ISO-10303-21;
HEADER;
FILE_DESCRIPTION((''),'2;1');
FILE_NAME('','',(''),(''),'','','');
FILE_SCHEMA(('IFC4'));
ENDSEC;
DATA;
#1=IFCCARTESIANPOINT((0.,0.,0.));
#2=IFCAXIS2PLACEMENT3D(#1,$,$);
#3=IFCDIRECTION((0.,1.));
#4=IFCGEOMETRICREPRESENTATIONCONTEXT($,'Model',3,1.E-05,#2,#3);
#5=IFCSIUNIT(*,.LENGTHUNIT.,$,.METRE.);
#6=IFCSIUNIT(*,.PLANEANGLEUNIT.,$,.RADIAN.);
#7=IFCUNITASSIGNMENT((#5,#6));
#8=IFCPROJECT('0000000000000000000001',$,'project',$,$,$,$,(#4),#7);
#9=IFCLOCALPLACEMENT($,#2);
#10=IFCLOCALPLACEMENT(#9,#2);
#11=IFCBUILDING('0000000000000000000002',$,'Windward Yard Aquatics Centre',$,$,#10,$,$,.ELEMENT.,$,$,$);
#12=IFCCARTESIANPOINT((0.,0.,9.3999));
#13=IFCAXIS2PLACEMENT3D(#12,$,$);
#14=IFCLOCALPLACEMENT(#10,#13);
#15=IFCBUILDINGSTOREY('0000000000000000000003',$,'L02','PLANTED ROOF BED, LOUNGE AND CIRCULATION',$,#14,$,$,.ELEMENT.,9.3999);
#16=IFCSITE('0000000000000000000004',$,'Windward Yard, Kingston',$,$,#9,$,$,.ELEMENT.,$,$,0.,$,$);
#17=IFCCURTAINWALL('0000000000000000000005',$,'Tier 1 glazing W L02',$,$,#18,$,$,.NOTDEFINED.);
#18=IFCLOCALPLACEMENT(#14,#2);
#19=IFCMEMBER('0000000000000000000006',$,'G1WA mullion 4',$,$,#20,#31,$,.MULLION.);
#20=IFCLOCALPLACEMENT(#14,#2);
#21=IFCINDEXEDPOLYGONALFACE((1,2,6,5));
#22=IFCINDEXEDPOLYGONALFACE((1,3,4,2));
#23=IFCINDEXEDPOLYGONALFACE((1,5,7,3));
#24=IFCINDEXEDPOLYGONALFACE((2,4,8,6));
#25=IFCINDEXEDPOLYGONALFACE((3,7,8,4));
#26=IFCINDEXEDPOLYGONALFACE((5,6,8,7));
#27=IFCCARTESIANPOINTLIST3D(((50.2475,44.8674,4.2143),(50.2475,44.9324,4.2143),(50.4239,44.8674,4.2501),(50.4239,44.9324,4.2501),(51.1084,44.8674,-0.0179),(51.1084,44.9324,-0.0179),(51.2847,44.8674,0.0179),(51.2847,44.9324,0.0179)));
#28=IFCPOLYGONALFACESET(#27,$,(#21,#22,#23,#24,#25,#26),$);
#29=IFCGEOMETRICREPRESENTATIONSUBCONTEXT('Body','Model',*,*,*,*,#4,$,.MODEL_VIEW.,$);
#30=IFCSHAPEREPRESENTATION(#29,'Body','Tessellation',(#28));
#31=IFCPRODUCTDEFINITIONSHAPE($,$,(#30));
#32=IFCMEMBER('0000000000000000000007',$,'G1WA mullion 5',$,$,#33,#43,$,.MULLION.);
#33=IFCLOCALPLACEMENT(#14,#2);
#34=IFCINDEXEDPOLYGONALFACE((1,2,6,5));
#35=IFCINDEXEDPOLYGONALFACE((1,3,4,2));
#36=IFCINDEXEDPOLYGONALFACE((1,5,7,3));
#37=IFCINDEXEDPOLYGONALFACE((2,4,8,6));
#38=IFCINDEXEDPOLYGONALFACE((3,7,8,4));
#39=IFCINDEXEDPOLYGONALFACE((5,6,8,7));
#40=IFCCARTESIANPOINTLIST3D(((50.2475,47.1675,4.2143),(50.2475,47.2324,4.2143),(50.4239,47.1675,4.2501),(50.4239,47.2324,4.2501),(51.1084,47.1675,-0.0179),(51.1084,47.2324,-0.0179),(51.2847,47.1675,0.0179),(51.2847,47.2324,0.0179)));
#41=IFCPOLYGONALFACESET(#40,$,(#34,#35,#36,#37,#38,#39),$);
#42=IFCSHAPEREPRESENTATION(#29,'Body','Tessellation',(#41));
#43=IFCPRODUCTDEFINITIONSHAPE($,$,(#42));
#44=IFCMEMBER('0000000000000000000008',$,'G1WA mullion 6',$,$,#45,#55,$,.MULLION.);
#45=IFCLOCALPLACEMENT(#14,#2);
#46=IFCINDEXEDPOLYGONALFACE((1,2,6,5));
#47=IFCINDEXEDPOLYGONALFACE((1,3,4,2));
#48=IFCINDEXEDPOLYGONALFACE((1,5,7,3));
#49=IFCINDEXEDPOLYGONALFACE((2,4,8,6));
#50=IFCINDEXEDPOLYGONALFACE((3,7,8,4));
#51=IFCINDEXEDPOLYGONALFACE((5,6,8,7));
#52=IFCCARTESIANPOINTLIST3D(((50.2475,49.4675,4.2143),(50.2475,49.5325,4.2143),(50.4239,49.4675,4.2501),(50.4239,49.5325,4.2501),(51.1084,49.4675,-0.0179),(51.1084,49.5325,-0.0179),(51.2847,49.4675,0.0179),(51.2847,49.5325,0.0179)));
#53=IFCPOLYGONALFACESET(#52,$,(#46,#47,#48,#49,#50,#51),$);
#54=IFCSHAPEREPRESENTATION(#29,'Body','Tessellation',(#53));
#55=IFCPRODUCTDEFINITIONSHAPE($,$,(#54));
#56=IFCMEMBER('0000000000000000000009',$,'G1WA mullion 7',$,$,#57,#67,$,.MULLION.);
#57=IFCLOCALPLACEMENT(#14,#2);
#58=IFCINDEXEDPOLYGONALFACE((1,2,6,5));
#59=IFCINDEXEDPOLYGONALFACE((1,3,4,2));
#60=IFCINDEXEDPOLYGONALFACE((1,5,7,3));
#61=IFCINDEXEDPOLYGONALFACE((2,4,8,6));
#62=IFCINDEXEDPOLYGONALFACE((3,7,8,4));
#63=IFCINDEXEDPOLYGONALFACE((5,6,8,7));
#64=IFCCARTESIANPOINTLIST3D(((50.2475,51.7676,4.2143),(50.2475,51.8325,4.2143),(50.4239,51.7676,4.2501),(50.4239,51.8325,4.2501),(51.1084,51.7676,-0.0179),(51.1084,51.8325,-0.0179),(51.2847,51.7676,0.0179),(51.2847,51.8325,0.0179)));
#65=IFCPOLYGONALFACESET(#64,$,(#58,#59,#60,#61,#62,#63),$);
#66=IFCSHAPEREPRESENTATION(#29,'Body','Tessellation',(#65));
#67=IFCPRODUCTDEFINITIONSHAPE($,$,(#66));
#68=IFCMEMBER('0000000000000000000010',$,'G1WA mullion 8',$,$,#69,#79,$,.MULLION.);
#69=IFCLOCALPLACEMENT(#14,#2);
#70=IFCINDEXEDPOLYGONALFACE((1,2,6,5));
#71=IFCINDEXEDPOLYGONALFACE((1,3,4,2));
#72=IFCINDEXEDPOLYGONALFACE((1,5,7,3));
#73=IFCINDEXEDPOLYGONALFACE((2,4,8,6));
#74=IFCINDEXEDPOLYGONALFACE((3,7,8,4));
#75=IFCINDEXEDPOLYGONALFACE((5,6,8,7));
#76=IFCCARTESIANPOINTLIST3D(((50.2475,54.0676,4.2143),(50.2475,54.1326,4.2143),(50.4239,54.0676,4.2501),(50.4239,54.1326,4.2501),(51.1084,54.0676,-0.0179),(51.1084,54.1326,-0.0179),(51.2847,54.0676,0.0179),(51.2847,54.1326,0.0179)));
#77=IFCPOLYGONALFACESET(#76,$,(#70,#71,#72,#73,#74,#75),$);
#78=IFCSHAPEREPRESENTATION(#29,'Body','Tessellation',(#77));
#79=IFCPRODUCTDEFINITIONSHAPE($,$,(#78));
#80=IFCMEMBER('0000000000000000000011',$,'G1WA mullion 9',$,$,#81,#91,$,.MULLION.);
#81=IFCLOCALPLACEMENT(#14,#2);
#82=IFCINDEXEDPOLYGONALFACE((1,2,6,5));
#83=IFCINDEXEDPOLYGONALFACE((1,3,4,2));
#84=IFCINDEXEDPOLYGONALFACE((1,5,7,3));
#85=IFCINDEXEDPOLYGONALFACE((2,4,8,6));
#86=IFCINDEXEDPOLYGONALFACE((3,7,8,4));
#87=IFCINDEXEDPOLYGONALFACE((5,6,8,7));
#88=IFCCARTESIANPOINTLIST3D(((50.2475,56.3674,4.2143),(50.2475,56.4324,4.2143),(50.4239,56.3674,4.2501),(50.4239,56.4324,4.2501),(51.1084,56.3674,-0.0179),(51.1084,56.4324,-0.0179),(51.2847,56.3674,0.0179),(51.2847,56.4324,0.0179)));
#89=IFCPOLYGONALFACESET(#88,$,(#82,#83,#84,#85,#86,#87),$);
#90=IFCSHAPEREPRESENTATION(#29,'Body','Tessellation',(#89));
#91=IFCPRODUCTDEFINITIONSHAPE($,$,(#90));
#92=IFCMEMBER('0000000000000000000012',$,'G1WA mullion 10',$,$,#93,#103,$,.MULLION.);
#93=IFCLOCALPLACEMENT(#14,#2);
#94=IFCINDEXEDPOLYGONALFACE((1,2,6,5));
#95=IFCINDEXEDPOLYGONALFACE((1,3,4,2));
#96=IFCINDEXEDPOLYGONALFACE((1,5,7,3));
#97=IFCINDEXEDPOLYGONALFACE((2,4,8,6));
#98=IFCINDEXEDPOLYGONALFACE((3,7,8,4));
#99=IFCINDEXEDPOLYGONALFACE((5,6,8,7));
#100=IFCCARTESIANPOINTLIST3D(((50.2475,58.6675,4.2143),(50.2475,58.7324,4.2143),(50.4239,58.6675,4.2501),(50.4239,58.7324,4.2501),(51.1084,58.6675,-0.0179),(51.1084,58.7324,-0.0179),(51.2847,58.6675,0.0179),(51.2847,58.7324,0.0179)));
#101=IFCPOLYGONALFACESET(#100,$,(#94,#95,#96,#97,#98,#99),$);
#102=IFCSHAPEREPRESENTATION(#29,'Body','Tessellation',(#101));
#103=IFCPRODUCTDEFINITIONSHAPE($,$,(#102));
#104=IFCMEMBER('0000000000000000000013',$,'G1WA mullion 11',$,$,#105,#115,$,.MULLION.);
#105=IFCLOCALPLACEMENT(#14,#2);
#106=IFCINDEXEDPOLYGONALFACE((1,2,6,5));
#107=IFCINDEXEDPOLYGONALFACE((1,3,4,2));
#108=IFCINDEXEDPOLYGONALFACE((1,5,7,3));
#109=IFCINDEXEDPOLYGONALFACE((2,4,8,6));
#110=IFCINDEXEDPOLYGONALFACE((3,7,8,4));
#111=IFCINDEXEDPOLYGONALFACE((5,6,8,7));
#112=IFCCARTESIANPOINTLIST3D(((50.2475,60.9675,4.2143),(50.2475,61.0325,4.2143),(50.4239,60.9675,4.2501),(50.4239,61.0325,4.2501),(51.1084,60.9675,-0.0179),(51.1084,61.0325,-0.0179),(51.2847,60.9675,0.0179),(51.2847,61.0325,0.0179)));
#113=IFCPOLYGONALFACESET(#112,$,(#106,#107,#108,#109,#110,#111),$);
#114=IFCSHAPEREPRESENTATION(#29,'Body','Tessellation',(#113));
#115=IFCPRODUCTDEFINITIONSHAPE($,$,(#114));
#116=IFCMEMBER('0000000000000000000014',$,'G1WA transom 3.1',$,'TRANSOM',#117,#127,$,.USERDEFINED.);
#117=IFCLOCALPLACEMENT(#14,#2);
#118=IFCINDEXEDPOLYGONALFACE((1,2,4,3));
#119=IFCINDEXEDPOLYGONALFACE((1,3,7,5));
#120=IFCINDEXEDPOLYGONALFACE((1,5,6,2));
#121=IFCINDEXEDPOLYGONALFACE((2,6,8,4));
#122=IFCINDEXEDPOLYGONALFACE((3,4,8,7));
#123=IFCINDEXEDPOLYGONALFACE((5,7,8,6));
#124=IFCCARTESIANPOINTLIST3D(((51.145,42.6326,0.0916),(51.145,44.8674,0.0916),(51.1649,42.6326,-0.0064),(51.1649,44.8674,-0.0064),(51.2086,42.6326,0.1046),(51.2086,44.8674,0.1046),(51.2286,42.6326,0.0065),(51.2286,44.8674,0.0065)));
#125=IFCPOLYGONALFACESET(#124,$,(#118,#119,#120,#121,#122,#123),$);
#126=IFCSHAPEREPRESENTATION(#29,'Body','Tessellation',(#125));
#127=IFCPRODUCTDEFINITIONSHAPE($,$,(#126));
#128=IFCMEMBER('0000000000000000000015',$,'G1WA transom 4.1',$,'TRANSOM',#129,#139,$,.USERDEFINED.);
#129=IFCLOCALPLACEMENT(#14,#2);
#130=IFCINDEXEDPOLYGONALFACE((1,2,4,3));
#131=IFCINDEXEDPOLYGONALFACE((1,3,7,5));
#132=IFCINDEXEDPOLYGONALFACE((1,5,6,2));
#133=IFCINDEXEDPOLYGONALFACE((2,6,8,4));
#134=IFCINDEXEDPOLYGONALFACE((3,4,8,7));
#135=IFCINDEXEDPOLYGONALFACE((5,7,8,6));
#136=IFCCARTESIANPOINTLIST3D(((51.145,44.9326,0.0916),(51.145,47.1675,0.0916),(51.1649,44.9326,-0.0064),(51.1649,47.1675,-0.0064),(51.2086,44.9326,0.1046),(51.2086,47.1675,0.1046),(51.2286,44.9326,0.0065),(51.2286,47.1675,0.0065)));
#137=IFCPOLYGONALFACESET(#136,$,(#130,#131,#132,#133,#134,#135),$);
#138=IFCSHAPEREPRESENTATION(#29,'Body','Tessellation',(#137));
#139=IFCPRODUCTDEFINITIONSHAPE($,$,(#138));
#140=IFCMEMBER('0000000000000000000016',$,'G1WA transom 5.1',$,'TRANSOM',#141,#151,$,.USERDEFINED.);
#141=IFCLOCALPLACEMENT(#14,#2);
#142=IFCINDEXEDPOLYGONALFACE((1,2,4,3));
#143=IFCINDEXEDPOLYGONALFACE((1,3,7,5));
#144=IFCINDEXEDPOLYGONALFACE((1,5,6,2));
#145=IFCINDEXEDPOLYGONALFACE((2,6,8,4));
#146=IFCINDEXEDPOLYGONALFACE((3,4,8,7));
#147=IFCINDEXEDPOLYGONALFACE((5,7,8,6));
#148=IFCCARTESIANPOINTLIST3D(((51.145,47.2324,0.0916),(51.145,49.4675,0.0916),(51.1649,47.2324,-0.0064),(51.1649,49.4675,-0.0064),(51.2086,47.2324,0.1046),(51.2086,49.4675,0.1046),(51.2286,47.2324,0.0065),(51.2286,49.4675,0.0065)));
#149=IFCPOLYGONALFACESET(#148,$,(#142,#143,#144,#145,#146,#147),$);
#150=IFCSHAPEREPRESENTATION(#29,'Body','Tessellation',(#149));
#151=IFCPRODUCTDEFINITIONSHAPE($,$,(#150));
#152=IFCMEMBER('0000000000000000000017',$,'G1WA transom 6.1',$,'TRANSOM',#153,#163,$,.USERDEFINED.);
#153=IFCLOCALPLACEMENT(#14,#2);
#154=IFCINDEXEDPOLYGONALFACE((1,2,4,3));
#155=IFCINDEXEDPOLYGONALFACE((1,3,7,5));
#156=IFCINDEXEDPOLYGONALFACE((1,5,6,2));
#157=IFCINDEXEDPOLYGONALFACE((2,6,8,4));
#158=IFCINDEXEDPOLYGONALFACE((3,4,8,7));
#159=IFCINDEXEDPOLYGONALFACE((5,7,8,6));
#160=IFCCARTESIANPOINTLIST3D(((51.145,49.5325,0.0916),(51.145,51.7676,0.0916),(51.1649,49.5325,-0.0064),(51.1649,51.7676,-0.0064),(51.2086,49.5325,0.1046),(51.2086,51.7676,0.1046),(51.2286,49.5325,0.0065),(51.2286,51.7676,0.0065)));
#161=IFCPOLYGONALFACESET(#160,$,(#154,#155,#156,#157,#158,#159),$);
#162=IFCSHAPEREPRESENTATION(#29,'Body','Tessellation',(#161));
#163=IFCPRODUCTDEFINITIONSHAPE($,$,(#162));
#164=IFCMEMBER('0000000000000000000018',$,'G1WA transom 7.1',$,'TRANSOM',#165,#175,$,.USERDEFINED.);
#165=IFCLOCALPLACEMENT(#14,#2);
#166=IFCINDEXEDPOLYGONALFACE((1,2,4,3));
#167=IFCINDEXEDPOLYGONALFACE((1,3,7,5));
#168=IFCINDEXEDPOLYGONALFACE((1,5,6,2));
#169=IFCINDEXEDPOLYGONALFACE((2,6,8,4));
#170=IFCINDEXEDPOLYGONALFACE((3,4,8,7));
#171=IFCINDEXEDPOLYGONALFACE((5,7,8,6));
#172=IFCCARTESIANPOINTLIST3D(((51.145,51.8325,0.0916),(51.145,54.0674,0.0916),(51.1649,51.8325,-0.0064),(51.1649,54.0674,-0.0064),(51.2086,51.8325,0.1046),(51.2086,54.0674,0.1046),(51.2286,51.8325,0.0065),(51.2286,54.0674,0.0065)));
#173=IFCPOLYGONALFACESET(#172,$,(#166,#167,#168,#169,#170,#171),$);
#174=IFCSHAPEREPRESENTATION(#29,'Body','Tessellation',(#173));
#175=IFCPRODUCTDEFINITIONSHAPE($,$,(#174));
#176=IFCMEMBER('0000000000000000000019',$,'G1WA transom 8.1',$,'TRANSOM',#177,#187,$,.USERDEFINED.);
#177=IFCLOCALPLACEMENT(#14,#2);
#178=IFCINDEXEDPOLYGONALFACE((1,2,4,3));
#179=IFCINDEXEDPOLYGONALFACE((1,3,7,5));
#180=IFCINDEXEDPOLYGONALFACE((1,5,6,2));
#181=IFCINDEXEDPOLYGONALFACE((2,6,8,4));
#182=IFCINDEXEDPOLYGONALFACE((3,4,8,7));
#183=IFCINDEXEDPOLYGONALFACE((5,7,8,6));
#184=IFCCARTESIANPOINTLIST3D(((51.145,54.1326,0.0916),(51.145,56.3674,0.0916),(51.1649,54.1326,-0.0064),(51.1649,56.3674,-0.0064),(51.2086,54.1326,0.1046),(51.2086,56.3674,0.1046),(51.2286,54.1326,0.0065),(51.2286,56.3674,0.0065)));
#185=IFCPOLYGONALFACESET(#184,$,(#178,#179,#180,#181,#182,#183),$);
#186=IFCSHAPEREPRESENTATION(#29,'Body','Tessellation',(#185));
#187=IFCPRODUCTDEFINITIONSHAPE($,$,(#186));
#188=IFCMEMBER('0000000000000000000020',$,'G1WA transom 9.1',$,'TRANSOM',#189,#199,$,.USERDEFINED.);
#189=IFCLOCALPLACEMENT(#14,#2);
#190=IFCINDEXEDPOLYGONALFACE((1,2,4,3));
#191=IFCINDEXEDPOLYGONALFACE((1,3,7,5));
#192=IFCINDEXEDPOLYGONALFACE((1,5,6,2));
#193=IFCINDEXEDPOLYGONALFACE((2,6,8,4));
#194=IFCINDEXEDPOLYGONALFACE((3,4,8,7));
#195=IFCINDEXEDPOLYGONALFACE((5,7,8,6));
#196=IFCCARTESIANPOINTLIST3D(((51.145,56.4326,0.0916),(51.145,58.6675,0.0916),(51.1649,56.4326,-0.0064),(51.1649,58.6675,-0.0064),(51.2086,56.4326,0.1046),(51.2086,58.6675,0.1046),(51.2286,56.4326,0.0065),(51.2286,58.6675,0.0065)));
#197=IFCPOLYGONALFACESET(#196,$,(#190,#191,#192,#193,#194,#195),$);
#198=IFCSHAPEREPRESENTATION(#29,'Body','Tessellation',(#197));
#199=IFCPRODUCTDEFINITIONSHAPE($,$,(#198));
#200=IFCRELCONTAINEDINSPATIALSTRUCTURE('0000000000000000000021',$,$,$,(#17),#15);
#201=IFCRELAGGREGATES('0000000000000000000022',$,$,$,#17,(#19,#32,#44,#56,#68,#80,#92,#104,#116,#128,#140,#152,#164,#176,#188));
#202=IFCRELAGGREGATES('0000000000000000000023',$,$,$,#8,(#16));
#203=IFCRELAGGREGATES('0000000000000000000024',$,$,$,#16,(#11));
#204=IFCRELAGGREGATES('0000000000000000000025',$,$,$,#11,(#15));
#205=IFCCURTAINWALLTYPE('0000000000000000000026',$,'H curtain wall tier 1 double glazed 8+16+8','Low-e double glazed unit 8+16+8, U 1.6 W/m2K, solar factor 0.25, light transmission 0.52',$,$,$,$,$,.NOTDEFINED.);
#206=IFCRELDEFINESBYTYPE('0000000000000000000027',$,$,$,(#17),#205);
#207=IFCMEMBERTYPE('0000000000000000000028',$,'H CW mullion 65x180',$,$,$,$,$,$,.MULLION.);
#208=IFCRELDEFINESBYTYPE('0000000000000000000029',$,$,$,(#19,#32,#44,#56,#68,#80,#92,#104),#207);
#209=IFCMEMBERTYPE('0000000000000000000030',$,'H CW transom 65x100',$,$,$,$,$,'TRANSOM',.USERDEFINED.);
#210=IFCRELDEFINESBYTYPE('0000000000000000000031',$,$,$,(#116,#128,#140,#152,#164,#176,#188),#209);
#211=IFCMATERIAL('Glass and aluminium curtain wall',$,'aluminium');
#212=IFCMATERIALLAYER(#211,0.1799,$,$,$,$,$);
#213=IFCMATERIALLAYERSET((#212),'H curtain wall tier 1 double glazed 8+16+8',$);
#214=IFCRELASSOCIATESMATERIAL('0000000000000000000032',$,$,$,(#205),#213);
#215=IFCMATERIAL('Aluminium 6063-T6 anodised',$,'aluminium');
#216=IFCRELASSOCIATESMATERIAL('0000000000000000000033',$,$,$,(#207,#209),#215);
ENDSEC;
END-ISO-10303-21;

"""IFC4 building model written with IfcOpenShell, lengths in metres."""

from ifc_helpers import new_model, si_unit, direction, frame, origin, origin_2d, place, context, subcontext, project, spatial, rectangle, extrude, material, layer, layer_set, material_profile, profile_set, type_object, element, aggregate, save


model = new_model("IFC4")

# Units and contexts
model_context = context("Model", 3, precision=1e-05, world=origin(), true_north=direction((0.0, 1.0)))
body_context = subcontext(model_context, "Body", "Model", "MODEL_VIEW")
ifc_project = project(units=[si_unit("LENGTHUNIT", "METRE"), si_unit("PLANEANGLEUNIT", "RADIAN")], contexts=[model_context])

# Site, building, storey
site_placement = place(None, origin())
site = spatial("IfcSite", under=ifc_project, at=site_placement, Name="Windward Yard, Kingston", CompositionType="ELEMENT", RefElevation=0.0)
building_placement = place(site_placement, origin())
building = spatial("IfcBuilding", under=site, at=building_placement, Name="Windward Yard Aquatics Centre", CompositionType="ELEMENT")
storey_placement = place(building_placement, frame((0.0, 0.0, 9.3999)))
storey = spatial("IfcBuildingStorey", under=building, at=storey_placement, Name="L02", Description="PLANTED ROOF BED, LOUNGE AND CIRCULATION", CompositionType="ELEMENT", Elevation=9.3999)

# Curtain wall, members
ifc_material_1 = material(Name="Glass and aluminium curtain wall", Category="aluminium")
ifc_layer_1 = layer(ifc_material_1, 0.1799)
ifc_layer_set_1 = layer_set([ifc_layer_1], Name="H curtain wall tier 1 double glazed 8+16+8")
curtain_wall_type = type_object("IfcCurtainWallType", Name="H curtain wall tier 1 double glazed 8+16+8", Description="Low-e double glazed unit 8+16+8, U 1.6 W/m2K, solar factor 0.25, light transmission 0.52", PredefinedType="NOTDEFINED", material=ifc_layer_set_1)
curtain_wall_placement = place(storey_placement, origin())
curtain_wall = element("IfcCurtainWall", 1, at=curtain_wall_placement, inside=storey, type_object=curtain_wall_type, Name="Tier 1 glazing W L02", PredefinedType="NOTDEFINED")
ifc_material_2 = material(Name="Aluminium 6063-T6 anodised", Category="aluminium")
ifc_material_profile_1 = material_profile(ifc_material_2, rectangle(XDim=0.0649, YDim=0.1799, at=origin_2d()), Name="H CW mullion 65x180")
ifc_profile_set_1 = profile_set([ifc_material_profile_1], Name="Aluminium 6063-T6 anodised")
member_type_1 = type_object("IfcMemberType", Name="H CW mullion 65x180", PredefinedType="MULLION", material=ifc_profile_set_1)
member_1_placement = place(storey_placement, frame((51.1965, 44.8999, 0.0), z_axis=(-0.199322, 0.0, 0.979934), x_axis=(0.0, -1.0, 0.0)))
member_1 = element("IfcMember", 2, at=member_1_placement, type_object=member_type_1, Name="G1WA mullion 4", PredefinedType="MULLION", context=body_context, shape_type="SweptSolid", body=[
    extrude(rectangle(XDim=0.0649, YDim=0.1799, at=origin_2d()), origin(), (0.0, 0.0, 1.0), 4.3188),
])
member_2_placement = place(storey_placement, frame((51.1965, 47.2, 0.0), z_axis=(-0.199322, 0.0, 0.979934), x_axis=(0.0, -1.0, 0.0)))
member_2 = element("IfcMember", 3, at=member_2_placement, type_object=member_type_1, Name="G1WA mullion 5", PredefinedType="MULLION", context=body_context, shape_type="SweptSolid", body=[
    extrude(rectangle(XDim=0.0649, YDim=0.1799, at=origin_2d()), origin(), (0.0, 0.0, 1.0), 4.3188),
])
member_3_placement = place(storey_placement, frame((51.1965, 49.5, 0.0), z_axis=(-0.199322, 0.0, 0.979934), x_axis=(0.0, -1.0, 0.0)))
member_3 = element("IfcMember", 4, at=member_3_placement, type_object=member_type_1, Name="G1WA mullion 6", PredefinedType="MULLION", context=body_context, shape_type="SweptSolid", body=[
    extrude(rectangle(XDim=0.0649, YDim=0.1799, at=origin_2d()), origin(), (0.0, 0.0, 1.0), 4.3188),
])
member_4_placement = place(storey_placement, frame((51.1965, 51.8, 0.0), z_axis=(-0.199322, 0.0, 0.979934), x_axis=(0.0, -1.0, 0.0)))
member_4 = element("IfcMember", 5, at=member_4_placement, type_object=member_type_1, Name="G1WA mullion 7", PredefinedType="MULLION", context=body_context, shape_type="SweptSolid", body=[
    extrude(rectangle(XDim=0.0649, YDim=0.1799, at=origin_2d()), origin(), (0.0, 0.0, 1.0), 4.3188),
])
member_5_placement = place(storey_placement, frame((51.1965, 54.1001, 0.0), z_axis=(-0.199322, 0.0, 0.979934), x_axis=(0.0, -1.0, 0.0)))
member_5 = element("IfcMember", 6, at=member_5_placement, type_object=member_type_1, Name="G1WA mullion 8", PredefinedType="MULLION", context=body_context, shape_type="SweptSolid", body=[
    extrude(rectangle(XDim=0.0649, YDim=0.1799, at=origin_2d()), origin(), (0.0, 0.0, 1.0), 4.3188),
])
member_6_placement = place(storey_placement, frame((51.1965, 56.3999, 0.0), z_axis=(-0.199322, 0.0, 0.979934), x_axis=(0.0, -1.0, 0.0)))
member_6 = element("IfcMember", 7, at=member_6_placement, type_object=member_type_1, Name="G1WA mullion 9", PredefinedType="MULLION", context=body_context, shape_type="SweptSolid", body=[
    extrude(rectangle(XDim=0.0649, YDim=0.1799, at=origin_2d()), origin(), (0.0, 0.0, 1.0), 4.3188),
])
member_7_placement = place(storey_placement, frame((51.1965, 58.7, 0.0), z_axis=(-0.199322, 0.0, 0.979934), x_axis=(0.0, -1.0, 0.0)))
member_7 = element("IfcMember", 8, at=member_7_placement, type_object=member_type_1, Name="G1WA mullion 10", PredefinedType="MULLION", context=body_context, shape_type="SweptSolid", body=[
    extrude(rectangle(XDim=0.0649, YDim=0.1799, at=origin_2d()), origin(), (0.0, 0.0, 1.0), 4.3188),
])
member_8_placement = place(storey_placement, frame((51.1965, 61.0, 0.0), z_axis=(-0.199322, 0.0, 0.979934), x_axis=(0.0, -1.0, 0.0)))
member_8 = element("IfcMember", 9, at=member_8_placement, type_object=member_type_1, Name="G1WA mullion 11", PredefinedType="MULLION", context=body_context, shape_type="SweptSolid", body=[
    extrude(rectangle(XDim=0.0649, YDim=0.1799, at=origin_2d()), origin(), (0.0, 0.0, 1.0), 4.3188),
])
ifc_material_profile_2 = material_profile(ifc_material_2, rectangle(XDim=0.0649, YDim=0.1001, at=origin_2d()), Name="H CW transom 65x100")
ifc_profile_set_2 = profile_set([ifc_material_profile_2], Name="Aluminium 6063-T6 anodised")
member_type_2 = type_object("IfcMemberType", Name="H CW transom 65x100", ElementType="TRANSOM", PredefinedType="USERDEFINED", material=ifc_profile_set_2)
member_9_placement = place(storey_placement, frame((51.1868, 42.6326, 0.0491), z_axis=(0.0, 1.0, 0.0), x_axis=(0.979925, 0.0, 0.199368)))
member_9 = element("IfcMember", 10, at=member_9_placement, type_object=member_type_2, Name="G1WA transom 3.1", ObjectType="TRANSOM", PredefinedType="USERDEFINED", context=body_context, shape_type="SweptSolid", body=[
    extrude(rectangle(XDim=0.0649, YDim=0.1001, at=origin_2d()), origin(), (0.0, 0.0, 1.0), 2.2349),
])
member_10_placement = place(storey_placement, frame((51.1868, 44.9326, 0.0491), z_axis=(0.0, 1.0, 0.0), x_axis=(0.979925, 0.0, 0.199368)))
member_10 = element("IfcMember", 11, at=member_10_placement, type_object=member_type_2, Name="G1WA transom 4.1", ObjectType="TRANSOM", PredefinedType="USERDEFINED", context=body_context, shape_type="SweptSolid", body=[
    extrude(rectangle(XDim=0.0649, YDim=0.1001, at=origin_2d()), origin(), (0.0, 0.0, 1.0), 2.2349),
])
member_11_placement = place(storey_placement, frame((51.1868, 47.2324, 0.0491), z_axis=(0.0, 1.0, 0.0), x_axis=(0.979925, 0.0, 0.199368)))
member_11 = element("IfcMember", 12, at=member_11_placement, type_object=member_type_2, Name="G1WA transom 5.1", ObjectType="TRANSOM", PredefinedType="USERDEFINED", context=body_context, shape_type="SweptSolid", body=[
    extrude(rectangle(XDim=0.0649, YDim=0.1001, at=origin_2d()), origin(), (0.0, 0.0, 1.0), 2.2351),
])
member_12_placement = place(storey_placement, frame((51.1868, 49.5325, 0.0491), z_axis=(0.0, 1.0, 0.0), x_axis=(0.979925, 0.0, 0.199368)))
member_12 = element("IfcMember", 13, at=member_12_placement, type_object=member_type_2, Name="G1WA transom 6.1", ObjectType="TRANSOM", PredefinedType="USERDEFINED", context=body_context, shape_type="SweptSolid", body=[
    extrude(rectangle(XDim=0.0649, YDim=0.1001, at=origin_2d()), origin(), (0.0, 0.0, 1.0), 2.2351),
])
member_13_placement = place(storey_placement, frame((51.1868, 51.8325, 0.0491), z_axis=(0.0, 1.0, 0.0), x_axis=(0.979925, 0.0, 0.199368)))
member_13 = element("IfcMember", 14, at=member_13_placement, type_object=member_type_2, Name="G1WA transom 7.1", ObjectType="TRANSOM", PredefinedType="USERDEFINED", context=body_context, shape_type="SweptSolid", body=[
    extrude(rectangle(XDim=0.0649, YDim=0.1001, at=origin_2d()), origin(), (0.0, 0.0, 1.0), 2.2349),
])
member_14_placement = place(storey_placement, frame((51.1868, 54.1326, 0.0491), z_axis=(0.0, 1.0, 0.0), x_axis=(0.979925, 0.0, 0.199368)))
member_14 = element("IfcMember", 15, at=member_14_placement, type_object=member_type_2, Name="G1WA transom 8.1", ObjectType="TRANSOM", PredefinedType="USERDEFINED", context=body_context, shape_type="SweptSolid", body=[
    extrude(rectangle(XDim=0.0649, YDim=0.1001, at=origin_2d()), origin(), (0.0, 0.0, 1.0), 2.2349),
])
member_15_placement = place(storey_placement, frame((51.1868, 56.4326, 0.0491), z_axis=(0.0, 1.0, 0.0), x_axis=(0.979925, 0.0, 0.199368)))
member_15 = element("IfcMember", 16, at=member_15_placement, type_object=member_type_2, Name="G1WA transom 9.1", ObjectType="TRANSOM", PredefinedType="USERDEFINED", context=body_context, shape_type="SweptSolid", body=[
    extrude(rectangle(XDim=0.0649, YDim=0.1001, at=origin_2d()), origin(), (0.0, 0.0, 1.0), 2.2349),
])
aggregate(curtain_wall, [member_1, member_2, member_3, member_4, member_5, member_6, member_7, member_8, member_9, member_10, member_11, member_12, member_13, member_14, member_15])

save(model, "model.ifc")
